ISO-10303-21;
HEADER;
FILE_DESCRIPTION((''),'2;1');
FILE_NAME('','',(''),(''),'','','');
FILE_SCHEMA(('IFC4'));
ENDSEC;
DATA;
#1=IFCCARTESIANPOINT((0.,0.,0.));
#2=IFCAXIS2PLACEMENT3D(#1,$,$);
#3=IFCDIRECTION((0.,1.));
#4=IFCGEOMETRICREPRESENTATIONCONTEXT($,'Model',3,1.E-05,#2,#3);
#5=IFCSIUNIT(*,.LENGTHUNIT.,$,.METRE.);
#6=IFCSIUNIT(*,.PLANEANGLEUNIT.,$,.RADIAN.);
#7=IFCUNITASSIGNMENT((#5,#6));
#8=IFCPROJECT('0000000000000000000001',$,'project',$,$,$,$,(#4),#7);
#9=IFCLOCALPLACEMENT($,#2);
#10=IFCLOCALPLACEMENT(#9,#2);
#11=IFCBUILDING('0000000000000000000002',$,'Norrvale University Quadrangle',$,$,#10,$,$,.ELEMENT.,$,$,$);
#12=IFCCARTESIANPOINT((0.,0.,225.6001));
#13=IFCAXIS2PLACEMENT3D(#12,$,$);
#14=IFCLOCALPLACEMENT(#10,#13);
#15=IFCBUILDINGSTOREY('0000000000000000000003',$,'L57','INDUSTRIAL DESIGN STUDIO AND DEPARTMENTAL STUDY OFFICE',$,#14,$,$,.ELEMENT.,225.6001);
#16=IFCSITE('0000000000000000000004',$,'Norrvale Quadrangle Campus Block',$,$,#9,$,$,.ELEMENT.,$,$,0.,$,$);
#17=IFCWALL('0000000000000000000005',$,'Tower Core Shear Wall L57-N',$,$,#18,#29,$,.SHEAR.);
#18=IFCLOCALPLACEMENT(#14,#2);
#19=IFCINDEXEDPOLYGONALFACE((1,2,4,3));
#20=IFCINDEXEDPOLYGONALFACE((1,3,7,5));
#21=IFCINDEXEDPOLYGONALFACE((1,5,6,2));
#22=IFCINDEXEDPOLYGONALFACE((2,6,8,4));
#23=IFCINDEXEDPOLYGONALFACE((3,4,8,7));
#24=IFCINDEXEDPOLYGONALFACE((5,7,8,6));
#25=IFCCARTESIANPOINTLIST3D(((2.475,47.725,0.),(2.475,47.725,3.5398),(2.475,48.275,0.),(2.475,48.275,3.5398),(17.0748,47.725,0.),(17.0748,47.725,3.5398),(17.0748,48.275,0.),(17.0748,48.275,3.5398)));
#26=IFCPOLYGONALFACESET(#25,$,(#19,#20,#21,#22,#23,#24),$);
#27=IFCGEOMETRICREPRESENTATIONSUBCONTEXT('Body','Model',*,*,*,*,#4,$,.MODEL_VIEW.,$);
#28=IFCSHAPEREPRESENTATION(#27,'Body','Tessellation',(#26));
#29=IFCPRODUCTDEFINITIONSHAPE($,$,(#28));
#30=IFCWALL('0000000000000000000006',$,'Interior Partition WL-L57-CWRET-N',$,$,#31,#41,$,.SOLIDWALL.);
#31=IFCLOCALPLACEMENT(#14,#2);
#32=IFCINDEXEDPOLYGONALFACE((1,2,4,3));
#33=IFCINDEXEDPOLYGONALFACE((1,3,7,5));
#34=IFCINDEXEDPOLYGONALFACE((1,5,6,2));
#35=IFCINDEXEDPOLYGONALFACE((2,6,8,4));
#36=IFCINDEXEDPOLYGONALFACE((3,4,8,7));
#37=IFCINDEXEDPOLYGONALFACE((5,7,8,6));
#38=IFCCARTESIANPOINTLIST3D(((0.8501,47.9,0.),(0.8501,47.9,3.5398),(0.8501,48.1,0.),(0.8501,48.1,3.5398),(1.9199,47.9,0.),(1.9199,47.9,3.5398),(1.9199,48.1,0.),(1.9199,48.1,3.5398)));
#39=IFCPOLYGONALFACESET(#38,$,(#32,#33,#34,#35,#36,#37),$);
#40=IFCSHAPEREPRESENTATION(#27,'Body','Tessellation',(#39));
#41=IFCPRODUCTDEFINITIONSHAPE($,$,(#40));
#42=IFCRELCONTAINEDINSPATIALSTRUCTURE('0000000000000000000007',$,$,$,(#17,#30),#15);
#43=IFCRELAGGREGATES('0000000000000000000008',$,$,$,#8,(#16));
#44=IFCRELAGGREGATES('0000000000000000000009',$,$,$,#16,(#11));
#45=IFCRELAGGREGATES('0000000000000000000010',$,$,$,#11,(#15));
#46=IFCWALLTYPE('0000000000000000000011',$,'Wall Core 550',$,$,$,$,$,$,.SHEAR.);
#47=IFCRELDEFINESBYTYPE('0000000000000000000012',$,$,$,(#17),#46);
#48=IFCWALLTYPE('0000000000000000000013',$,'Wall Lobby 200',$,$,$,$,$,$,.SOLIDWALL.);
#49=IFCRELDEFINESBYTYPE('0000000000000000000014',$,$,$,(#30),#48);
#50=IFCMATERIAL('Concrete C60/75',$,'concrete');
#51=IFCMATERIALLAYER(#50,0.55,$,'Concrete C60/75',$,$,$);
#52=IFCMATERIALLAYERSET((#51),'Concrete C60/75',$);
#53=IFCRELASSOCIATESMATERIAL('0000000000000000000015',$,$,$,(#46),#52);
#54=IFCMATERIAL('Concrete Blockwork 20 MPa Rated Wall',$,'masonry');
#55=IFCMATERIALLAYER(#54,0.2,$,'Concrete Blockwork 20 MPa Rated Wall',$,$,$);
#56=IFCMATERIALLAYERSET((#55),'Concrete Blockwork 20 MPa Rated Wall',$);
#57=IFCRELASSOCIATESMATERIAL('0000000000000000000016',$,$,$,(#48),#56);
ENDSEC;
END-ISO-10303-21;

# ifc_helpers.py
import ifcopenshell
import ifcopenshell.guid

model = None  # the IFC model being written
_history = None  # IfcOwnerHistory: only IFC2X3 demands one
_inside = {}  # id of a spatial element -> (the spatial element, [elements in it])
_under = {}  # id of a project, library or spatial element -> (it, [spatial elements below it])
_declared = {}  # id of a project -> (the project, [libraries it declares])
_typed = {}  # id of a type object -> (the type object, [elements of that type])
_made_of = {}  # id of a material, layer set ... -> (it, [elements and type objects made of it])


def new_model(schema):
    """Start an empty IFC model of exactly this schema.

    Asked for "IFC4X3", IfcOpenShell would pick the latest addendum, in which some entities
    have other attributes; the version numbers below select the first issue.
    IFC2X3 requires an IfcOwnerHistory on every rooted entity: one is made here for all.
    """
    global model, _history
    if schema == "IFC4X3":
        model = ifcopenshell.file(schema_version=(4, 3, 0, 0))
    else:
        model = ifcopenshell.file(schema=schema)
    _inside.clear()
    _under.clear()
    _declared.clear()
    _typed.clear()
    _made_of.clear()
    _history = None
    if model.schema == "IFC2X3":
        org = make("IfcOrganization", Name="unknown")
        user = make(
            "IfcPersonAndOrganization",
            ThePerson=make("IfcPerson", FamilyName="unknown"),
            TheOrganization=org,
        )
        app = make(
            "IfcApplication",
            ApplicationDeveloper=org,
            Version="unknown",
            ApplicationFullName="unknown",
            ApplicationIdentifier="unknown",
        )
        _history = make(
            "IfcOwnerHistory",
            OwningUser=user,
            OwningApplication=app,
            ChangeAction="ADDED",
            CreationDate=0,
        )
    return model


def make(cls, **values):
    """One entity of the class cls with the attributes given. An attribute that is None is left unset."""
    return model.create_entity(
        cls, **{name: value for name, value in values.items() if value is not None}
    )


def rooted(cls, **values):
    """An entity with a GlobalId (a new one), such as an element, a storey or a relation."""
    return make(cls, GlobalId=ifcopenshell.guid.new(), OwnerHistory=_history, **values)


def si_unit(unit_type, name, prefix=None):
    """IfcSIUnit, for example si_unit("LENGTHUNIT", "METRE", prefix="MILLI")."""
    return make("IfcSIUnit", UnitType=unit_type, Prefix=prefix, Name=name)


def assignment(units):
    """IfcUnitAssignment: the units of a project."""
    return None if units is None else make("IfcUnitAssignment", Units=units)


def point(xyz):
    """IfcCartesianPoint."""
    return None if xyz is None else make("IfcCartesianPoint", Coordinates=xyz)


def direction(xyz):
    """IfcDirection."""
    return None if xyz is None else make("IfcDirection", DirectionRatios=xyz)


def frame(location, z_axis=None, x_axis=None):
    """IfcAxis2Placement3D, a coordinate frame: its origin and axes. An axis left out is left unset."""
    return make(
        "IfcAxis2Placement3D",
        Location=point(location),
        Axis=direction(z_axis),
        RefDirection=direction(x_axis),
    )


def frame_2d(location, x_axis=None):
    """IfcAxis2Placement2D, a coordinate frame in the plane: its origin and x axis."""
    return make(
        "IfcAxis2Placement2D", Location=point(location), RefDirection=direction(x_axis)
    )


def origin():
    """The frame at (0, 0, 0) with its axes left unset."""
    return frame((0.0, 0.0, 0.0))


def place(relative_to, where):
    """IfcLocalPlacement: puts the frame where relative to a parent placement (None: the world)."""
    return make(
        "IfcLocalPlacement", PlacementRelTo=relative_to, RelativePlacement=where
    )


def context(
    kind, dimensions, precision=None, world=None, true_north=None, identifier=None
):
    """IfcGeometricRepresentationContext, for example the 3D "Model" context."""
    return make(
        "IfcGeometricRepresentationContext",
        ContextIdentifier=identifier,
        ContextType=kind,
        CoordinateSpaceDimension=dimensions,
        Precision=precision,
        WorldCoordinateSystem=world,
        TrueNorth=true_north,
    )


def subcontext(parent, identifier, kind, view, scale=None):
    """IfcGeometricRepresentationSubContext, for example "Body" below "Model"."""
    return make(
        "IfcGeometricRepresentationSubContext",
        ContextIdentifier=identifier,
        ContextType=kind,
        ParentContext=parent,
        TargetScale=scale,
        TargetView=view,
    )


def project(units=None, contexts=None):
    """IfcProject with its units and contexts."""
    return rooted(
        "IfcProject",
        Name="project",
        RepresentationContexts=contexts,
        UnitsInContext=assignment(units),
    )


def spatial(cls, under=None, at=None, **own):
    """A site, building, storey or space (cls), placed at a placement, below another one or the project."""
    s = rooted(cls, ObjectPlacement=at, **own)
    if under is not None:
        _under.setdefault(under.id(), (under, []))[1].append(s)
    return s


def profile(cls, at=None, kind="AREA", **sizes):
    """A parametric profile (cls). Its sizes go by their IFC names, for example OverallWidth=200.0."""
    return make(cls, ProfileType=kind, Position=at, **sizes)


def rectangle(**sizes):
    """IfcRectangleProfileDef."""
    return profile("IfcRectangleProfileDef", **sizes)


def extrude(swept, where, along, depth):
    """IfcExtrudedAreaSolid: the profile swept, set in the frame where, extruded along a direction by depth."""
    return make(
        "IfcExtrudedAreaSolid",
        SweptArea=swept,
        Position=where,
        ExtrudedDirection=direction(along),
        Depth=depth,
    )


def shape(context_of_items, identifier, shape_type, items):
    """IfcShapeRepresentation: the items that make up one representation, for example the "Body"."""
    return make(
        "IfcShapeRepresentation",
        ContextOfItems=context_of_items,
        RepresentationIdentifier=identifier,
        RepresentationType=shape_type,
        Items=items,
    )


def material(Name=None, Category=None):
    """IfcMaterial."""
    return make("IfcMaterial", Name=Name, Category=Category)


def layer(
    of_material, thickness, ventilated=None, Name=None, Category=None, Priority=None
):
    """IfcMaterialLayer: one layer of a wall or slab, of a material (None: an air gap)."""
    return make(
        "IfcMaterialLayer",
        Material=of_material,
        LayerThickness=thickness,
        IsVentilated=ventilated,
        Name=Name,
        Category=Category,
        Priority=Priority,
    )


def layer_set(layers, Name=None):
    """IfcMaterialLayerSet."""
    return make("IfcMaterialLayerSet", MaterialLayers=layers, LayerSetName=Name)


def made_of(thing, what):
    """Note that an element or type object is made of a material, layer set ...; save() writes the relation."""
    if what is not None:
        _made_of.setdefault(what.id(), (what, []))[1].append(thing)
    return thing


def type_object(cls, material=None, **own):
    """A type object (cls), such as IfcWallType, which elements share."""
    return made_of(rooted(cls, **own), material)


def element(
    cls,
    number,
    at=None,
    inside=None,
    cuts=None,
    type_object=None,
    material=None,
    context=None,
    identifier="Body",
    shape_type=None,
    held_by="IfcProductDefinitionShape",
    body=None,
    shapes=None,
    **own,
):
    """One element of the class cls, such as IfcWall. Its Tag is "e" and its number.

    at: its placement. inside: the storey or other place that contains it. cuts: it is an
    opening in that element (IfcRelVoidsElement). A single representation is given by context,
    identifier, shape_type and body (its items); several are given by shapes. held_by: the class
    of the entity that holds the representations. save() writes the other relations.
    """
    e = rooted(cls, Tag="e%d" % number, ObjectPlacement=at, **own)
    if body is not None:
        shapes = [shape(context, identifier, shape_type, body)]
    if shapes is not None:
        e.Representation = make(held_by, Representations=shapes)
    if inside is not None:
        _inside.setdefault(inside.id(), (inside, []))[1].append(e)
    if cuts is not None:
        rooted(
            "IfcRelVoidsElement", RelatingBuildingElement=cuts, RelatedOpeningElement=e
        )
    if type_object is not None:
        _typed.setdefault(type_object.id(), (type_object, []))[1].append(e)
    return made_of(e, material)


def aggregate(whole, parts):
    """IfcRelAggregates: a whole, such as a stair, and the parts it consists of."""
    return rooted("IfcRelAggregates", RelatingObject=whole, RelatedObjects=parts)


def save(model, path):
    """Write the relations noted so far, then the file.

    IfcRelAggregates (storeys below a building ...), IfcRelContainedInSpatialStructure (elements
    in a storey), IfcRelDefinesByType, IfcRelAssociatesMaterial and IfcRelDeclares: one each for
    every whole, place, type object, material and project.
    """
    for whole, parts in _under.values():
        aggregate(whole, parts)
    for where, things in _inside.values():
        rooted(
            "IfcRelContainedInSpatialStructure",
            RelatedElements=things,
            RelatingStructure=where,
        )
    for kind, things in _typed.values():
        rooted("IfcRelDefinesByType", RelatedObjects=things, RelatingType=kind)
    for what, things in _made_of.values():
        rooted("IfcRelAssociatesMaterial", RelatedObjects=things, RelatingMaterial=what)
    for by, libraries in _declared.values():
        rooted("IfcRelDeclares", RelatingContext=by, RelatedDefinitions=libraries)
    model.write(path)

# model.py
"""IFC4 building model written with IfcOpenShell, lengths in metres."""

from ifc_helpers import new_model, si_unit, direction, frame, frame_2d, origin, place, context, subcontext, project, spatial, rectangle, extrude, material, layer, layer_set, type_object, element, save


model = new_model("IFC4")

# Units and contexts
model_context = context("Model", 3, precision=1e-05, world=origin(), true_north=direction((0.0, 1.0)))
body_context = subcontext(model_context, "Body", "Model", "MODEL_VIEW")
ifc_project = project(units=[si_unit("LENGTHUNIT", "METRE"), si_unit("PLANEANGLEUNIT", "RADIAN")], contexts=[model_context])

# Site, building, storey
site_placement = place(None, origin())
site = spatial("IfcSite", under=ifc_project, at=site_placement, Name="Norrvale Quadrangle Campus Block", CompositionType="ELEMENT", RefElevation=0.0)
building_placement = place(site_placement, origin())
building = spatial("IfcBuilding", under=site, at=building_placement, Name="Norrvale University Quadrangle", CompositionType="ELEMENT")
storey_placement = place(building_placement, frame((0.0, 0.0, 225.6001)))
storey = spatial("IfcBuildingStorey", under=building, at=storey_placement, Name="L57", Description="INDUSTRIAL DESIGN STUDIO AND DEPARTMENTAL STUDY OFFICE", CompositionType="ELEMENT", Elevation=225.6001)

# Shared definitions
ifc_material_1 = material(Name="Concrete C60/75", Category="concrete")

# Walls
ifc_layer_1 = layer(ifc_material_1, 0.55, Name="Concrete C60/75")
ifc_layer_set_1 = layer_set([ifc_layer_1], Name="Concrete C60/75")
wall_type_1 = type_object("IfcWallType", Name="Wall Core 550", PredefinedType="SHEAR", material=ifc_layer_set_1)
wall_1_placement = place(storey_placement, frame((2.4751, 48.0, 0.0), z_axis=(0.0, 0.0, 1.0), x_axis=(1.0, 0.0, 0.0)))
element("IfcWall", 1, at=wall_1_placement, inside=storey, type_object=wall_type_1, Name="Tower Core Shear Wall L57-N", PredefinedType="SHEAR", context=body_context, shape_type="SweptSolid", body=[
    extrude(rectangle(XDim=14.5999, YDim=0.55, at=frame_2d((7.2998, 0.0))), origin(), (0.0, 0.0, 1.0), 3.5398),
])
ifc_material_2 = material(Name="Concrete Blockwork 20 MPa Rated Wall", Category="masonry")
ifc_layer_2 = layer(ifc_material_2, 0.2, Name="Concrete Blockwork 20 MPa Rated Wall")
ifc_layer_set_2 = layer_set([ifc_layer_2], Name="Concrete Blockwork 20 MPa Rated Wall")
wall_type_2 = type_object("IfcWallType", Name="Wall Lobby 200", PredefinedType="SOLIDWALL", material=ifc_layer_set_2)
wall_2_placement = place(storey_placement, frame((0.8501, 48.0, 0.0), z_axis=(0.0, 0.0, 1.0), x_axis=(1.0, 0.0, 0.0)))
element("IfcWall", 2, at=wall_2_placement, inside=storey, type_object=wall_type_2, Name="Interior Partition WL-L57-CWRET-N", PredefinedType="SOLIDWALL", context=body_context, shape_type="SweptSolid", body=[
    extrude(rectangle(XDim=1.0698, YDim=0.2, at=frame_2d((0.5349, 0.0))), origin(), (0.0, 0.0, 1.0), 3.5398),
])

save(model, "model.ifc")
